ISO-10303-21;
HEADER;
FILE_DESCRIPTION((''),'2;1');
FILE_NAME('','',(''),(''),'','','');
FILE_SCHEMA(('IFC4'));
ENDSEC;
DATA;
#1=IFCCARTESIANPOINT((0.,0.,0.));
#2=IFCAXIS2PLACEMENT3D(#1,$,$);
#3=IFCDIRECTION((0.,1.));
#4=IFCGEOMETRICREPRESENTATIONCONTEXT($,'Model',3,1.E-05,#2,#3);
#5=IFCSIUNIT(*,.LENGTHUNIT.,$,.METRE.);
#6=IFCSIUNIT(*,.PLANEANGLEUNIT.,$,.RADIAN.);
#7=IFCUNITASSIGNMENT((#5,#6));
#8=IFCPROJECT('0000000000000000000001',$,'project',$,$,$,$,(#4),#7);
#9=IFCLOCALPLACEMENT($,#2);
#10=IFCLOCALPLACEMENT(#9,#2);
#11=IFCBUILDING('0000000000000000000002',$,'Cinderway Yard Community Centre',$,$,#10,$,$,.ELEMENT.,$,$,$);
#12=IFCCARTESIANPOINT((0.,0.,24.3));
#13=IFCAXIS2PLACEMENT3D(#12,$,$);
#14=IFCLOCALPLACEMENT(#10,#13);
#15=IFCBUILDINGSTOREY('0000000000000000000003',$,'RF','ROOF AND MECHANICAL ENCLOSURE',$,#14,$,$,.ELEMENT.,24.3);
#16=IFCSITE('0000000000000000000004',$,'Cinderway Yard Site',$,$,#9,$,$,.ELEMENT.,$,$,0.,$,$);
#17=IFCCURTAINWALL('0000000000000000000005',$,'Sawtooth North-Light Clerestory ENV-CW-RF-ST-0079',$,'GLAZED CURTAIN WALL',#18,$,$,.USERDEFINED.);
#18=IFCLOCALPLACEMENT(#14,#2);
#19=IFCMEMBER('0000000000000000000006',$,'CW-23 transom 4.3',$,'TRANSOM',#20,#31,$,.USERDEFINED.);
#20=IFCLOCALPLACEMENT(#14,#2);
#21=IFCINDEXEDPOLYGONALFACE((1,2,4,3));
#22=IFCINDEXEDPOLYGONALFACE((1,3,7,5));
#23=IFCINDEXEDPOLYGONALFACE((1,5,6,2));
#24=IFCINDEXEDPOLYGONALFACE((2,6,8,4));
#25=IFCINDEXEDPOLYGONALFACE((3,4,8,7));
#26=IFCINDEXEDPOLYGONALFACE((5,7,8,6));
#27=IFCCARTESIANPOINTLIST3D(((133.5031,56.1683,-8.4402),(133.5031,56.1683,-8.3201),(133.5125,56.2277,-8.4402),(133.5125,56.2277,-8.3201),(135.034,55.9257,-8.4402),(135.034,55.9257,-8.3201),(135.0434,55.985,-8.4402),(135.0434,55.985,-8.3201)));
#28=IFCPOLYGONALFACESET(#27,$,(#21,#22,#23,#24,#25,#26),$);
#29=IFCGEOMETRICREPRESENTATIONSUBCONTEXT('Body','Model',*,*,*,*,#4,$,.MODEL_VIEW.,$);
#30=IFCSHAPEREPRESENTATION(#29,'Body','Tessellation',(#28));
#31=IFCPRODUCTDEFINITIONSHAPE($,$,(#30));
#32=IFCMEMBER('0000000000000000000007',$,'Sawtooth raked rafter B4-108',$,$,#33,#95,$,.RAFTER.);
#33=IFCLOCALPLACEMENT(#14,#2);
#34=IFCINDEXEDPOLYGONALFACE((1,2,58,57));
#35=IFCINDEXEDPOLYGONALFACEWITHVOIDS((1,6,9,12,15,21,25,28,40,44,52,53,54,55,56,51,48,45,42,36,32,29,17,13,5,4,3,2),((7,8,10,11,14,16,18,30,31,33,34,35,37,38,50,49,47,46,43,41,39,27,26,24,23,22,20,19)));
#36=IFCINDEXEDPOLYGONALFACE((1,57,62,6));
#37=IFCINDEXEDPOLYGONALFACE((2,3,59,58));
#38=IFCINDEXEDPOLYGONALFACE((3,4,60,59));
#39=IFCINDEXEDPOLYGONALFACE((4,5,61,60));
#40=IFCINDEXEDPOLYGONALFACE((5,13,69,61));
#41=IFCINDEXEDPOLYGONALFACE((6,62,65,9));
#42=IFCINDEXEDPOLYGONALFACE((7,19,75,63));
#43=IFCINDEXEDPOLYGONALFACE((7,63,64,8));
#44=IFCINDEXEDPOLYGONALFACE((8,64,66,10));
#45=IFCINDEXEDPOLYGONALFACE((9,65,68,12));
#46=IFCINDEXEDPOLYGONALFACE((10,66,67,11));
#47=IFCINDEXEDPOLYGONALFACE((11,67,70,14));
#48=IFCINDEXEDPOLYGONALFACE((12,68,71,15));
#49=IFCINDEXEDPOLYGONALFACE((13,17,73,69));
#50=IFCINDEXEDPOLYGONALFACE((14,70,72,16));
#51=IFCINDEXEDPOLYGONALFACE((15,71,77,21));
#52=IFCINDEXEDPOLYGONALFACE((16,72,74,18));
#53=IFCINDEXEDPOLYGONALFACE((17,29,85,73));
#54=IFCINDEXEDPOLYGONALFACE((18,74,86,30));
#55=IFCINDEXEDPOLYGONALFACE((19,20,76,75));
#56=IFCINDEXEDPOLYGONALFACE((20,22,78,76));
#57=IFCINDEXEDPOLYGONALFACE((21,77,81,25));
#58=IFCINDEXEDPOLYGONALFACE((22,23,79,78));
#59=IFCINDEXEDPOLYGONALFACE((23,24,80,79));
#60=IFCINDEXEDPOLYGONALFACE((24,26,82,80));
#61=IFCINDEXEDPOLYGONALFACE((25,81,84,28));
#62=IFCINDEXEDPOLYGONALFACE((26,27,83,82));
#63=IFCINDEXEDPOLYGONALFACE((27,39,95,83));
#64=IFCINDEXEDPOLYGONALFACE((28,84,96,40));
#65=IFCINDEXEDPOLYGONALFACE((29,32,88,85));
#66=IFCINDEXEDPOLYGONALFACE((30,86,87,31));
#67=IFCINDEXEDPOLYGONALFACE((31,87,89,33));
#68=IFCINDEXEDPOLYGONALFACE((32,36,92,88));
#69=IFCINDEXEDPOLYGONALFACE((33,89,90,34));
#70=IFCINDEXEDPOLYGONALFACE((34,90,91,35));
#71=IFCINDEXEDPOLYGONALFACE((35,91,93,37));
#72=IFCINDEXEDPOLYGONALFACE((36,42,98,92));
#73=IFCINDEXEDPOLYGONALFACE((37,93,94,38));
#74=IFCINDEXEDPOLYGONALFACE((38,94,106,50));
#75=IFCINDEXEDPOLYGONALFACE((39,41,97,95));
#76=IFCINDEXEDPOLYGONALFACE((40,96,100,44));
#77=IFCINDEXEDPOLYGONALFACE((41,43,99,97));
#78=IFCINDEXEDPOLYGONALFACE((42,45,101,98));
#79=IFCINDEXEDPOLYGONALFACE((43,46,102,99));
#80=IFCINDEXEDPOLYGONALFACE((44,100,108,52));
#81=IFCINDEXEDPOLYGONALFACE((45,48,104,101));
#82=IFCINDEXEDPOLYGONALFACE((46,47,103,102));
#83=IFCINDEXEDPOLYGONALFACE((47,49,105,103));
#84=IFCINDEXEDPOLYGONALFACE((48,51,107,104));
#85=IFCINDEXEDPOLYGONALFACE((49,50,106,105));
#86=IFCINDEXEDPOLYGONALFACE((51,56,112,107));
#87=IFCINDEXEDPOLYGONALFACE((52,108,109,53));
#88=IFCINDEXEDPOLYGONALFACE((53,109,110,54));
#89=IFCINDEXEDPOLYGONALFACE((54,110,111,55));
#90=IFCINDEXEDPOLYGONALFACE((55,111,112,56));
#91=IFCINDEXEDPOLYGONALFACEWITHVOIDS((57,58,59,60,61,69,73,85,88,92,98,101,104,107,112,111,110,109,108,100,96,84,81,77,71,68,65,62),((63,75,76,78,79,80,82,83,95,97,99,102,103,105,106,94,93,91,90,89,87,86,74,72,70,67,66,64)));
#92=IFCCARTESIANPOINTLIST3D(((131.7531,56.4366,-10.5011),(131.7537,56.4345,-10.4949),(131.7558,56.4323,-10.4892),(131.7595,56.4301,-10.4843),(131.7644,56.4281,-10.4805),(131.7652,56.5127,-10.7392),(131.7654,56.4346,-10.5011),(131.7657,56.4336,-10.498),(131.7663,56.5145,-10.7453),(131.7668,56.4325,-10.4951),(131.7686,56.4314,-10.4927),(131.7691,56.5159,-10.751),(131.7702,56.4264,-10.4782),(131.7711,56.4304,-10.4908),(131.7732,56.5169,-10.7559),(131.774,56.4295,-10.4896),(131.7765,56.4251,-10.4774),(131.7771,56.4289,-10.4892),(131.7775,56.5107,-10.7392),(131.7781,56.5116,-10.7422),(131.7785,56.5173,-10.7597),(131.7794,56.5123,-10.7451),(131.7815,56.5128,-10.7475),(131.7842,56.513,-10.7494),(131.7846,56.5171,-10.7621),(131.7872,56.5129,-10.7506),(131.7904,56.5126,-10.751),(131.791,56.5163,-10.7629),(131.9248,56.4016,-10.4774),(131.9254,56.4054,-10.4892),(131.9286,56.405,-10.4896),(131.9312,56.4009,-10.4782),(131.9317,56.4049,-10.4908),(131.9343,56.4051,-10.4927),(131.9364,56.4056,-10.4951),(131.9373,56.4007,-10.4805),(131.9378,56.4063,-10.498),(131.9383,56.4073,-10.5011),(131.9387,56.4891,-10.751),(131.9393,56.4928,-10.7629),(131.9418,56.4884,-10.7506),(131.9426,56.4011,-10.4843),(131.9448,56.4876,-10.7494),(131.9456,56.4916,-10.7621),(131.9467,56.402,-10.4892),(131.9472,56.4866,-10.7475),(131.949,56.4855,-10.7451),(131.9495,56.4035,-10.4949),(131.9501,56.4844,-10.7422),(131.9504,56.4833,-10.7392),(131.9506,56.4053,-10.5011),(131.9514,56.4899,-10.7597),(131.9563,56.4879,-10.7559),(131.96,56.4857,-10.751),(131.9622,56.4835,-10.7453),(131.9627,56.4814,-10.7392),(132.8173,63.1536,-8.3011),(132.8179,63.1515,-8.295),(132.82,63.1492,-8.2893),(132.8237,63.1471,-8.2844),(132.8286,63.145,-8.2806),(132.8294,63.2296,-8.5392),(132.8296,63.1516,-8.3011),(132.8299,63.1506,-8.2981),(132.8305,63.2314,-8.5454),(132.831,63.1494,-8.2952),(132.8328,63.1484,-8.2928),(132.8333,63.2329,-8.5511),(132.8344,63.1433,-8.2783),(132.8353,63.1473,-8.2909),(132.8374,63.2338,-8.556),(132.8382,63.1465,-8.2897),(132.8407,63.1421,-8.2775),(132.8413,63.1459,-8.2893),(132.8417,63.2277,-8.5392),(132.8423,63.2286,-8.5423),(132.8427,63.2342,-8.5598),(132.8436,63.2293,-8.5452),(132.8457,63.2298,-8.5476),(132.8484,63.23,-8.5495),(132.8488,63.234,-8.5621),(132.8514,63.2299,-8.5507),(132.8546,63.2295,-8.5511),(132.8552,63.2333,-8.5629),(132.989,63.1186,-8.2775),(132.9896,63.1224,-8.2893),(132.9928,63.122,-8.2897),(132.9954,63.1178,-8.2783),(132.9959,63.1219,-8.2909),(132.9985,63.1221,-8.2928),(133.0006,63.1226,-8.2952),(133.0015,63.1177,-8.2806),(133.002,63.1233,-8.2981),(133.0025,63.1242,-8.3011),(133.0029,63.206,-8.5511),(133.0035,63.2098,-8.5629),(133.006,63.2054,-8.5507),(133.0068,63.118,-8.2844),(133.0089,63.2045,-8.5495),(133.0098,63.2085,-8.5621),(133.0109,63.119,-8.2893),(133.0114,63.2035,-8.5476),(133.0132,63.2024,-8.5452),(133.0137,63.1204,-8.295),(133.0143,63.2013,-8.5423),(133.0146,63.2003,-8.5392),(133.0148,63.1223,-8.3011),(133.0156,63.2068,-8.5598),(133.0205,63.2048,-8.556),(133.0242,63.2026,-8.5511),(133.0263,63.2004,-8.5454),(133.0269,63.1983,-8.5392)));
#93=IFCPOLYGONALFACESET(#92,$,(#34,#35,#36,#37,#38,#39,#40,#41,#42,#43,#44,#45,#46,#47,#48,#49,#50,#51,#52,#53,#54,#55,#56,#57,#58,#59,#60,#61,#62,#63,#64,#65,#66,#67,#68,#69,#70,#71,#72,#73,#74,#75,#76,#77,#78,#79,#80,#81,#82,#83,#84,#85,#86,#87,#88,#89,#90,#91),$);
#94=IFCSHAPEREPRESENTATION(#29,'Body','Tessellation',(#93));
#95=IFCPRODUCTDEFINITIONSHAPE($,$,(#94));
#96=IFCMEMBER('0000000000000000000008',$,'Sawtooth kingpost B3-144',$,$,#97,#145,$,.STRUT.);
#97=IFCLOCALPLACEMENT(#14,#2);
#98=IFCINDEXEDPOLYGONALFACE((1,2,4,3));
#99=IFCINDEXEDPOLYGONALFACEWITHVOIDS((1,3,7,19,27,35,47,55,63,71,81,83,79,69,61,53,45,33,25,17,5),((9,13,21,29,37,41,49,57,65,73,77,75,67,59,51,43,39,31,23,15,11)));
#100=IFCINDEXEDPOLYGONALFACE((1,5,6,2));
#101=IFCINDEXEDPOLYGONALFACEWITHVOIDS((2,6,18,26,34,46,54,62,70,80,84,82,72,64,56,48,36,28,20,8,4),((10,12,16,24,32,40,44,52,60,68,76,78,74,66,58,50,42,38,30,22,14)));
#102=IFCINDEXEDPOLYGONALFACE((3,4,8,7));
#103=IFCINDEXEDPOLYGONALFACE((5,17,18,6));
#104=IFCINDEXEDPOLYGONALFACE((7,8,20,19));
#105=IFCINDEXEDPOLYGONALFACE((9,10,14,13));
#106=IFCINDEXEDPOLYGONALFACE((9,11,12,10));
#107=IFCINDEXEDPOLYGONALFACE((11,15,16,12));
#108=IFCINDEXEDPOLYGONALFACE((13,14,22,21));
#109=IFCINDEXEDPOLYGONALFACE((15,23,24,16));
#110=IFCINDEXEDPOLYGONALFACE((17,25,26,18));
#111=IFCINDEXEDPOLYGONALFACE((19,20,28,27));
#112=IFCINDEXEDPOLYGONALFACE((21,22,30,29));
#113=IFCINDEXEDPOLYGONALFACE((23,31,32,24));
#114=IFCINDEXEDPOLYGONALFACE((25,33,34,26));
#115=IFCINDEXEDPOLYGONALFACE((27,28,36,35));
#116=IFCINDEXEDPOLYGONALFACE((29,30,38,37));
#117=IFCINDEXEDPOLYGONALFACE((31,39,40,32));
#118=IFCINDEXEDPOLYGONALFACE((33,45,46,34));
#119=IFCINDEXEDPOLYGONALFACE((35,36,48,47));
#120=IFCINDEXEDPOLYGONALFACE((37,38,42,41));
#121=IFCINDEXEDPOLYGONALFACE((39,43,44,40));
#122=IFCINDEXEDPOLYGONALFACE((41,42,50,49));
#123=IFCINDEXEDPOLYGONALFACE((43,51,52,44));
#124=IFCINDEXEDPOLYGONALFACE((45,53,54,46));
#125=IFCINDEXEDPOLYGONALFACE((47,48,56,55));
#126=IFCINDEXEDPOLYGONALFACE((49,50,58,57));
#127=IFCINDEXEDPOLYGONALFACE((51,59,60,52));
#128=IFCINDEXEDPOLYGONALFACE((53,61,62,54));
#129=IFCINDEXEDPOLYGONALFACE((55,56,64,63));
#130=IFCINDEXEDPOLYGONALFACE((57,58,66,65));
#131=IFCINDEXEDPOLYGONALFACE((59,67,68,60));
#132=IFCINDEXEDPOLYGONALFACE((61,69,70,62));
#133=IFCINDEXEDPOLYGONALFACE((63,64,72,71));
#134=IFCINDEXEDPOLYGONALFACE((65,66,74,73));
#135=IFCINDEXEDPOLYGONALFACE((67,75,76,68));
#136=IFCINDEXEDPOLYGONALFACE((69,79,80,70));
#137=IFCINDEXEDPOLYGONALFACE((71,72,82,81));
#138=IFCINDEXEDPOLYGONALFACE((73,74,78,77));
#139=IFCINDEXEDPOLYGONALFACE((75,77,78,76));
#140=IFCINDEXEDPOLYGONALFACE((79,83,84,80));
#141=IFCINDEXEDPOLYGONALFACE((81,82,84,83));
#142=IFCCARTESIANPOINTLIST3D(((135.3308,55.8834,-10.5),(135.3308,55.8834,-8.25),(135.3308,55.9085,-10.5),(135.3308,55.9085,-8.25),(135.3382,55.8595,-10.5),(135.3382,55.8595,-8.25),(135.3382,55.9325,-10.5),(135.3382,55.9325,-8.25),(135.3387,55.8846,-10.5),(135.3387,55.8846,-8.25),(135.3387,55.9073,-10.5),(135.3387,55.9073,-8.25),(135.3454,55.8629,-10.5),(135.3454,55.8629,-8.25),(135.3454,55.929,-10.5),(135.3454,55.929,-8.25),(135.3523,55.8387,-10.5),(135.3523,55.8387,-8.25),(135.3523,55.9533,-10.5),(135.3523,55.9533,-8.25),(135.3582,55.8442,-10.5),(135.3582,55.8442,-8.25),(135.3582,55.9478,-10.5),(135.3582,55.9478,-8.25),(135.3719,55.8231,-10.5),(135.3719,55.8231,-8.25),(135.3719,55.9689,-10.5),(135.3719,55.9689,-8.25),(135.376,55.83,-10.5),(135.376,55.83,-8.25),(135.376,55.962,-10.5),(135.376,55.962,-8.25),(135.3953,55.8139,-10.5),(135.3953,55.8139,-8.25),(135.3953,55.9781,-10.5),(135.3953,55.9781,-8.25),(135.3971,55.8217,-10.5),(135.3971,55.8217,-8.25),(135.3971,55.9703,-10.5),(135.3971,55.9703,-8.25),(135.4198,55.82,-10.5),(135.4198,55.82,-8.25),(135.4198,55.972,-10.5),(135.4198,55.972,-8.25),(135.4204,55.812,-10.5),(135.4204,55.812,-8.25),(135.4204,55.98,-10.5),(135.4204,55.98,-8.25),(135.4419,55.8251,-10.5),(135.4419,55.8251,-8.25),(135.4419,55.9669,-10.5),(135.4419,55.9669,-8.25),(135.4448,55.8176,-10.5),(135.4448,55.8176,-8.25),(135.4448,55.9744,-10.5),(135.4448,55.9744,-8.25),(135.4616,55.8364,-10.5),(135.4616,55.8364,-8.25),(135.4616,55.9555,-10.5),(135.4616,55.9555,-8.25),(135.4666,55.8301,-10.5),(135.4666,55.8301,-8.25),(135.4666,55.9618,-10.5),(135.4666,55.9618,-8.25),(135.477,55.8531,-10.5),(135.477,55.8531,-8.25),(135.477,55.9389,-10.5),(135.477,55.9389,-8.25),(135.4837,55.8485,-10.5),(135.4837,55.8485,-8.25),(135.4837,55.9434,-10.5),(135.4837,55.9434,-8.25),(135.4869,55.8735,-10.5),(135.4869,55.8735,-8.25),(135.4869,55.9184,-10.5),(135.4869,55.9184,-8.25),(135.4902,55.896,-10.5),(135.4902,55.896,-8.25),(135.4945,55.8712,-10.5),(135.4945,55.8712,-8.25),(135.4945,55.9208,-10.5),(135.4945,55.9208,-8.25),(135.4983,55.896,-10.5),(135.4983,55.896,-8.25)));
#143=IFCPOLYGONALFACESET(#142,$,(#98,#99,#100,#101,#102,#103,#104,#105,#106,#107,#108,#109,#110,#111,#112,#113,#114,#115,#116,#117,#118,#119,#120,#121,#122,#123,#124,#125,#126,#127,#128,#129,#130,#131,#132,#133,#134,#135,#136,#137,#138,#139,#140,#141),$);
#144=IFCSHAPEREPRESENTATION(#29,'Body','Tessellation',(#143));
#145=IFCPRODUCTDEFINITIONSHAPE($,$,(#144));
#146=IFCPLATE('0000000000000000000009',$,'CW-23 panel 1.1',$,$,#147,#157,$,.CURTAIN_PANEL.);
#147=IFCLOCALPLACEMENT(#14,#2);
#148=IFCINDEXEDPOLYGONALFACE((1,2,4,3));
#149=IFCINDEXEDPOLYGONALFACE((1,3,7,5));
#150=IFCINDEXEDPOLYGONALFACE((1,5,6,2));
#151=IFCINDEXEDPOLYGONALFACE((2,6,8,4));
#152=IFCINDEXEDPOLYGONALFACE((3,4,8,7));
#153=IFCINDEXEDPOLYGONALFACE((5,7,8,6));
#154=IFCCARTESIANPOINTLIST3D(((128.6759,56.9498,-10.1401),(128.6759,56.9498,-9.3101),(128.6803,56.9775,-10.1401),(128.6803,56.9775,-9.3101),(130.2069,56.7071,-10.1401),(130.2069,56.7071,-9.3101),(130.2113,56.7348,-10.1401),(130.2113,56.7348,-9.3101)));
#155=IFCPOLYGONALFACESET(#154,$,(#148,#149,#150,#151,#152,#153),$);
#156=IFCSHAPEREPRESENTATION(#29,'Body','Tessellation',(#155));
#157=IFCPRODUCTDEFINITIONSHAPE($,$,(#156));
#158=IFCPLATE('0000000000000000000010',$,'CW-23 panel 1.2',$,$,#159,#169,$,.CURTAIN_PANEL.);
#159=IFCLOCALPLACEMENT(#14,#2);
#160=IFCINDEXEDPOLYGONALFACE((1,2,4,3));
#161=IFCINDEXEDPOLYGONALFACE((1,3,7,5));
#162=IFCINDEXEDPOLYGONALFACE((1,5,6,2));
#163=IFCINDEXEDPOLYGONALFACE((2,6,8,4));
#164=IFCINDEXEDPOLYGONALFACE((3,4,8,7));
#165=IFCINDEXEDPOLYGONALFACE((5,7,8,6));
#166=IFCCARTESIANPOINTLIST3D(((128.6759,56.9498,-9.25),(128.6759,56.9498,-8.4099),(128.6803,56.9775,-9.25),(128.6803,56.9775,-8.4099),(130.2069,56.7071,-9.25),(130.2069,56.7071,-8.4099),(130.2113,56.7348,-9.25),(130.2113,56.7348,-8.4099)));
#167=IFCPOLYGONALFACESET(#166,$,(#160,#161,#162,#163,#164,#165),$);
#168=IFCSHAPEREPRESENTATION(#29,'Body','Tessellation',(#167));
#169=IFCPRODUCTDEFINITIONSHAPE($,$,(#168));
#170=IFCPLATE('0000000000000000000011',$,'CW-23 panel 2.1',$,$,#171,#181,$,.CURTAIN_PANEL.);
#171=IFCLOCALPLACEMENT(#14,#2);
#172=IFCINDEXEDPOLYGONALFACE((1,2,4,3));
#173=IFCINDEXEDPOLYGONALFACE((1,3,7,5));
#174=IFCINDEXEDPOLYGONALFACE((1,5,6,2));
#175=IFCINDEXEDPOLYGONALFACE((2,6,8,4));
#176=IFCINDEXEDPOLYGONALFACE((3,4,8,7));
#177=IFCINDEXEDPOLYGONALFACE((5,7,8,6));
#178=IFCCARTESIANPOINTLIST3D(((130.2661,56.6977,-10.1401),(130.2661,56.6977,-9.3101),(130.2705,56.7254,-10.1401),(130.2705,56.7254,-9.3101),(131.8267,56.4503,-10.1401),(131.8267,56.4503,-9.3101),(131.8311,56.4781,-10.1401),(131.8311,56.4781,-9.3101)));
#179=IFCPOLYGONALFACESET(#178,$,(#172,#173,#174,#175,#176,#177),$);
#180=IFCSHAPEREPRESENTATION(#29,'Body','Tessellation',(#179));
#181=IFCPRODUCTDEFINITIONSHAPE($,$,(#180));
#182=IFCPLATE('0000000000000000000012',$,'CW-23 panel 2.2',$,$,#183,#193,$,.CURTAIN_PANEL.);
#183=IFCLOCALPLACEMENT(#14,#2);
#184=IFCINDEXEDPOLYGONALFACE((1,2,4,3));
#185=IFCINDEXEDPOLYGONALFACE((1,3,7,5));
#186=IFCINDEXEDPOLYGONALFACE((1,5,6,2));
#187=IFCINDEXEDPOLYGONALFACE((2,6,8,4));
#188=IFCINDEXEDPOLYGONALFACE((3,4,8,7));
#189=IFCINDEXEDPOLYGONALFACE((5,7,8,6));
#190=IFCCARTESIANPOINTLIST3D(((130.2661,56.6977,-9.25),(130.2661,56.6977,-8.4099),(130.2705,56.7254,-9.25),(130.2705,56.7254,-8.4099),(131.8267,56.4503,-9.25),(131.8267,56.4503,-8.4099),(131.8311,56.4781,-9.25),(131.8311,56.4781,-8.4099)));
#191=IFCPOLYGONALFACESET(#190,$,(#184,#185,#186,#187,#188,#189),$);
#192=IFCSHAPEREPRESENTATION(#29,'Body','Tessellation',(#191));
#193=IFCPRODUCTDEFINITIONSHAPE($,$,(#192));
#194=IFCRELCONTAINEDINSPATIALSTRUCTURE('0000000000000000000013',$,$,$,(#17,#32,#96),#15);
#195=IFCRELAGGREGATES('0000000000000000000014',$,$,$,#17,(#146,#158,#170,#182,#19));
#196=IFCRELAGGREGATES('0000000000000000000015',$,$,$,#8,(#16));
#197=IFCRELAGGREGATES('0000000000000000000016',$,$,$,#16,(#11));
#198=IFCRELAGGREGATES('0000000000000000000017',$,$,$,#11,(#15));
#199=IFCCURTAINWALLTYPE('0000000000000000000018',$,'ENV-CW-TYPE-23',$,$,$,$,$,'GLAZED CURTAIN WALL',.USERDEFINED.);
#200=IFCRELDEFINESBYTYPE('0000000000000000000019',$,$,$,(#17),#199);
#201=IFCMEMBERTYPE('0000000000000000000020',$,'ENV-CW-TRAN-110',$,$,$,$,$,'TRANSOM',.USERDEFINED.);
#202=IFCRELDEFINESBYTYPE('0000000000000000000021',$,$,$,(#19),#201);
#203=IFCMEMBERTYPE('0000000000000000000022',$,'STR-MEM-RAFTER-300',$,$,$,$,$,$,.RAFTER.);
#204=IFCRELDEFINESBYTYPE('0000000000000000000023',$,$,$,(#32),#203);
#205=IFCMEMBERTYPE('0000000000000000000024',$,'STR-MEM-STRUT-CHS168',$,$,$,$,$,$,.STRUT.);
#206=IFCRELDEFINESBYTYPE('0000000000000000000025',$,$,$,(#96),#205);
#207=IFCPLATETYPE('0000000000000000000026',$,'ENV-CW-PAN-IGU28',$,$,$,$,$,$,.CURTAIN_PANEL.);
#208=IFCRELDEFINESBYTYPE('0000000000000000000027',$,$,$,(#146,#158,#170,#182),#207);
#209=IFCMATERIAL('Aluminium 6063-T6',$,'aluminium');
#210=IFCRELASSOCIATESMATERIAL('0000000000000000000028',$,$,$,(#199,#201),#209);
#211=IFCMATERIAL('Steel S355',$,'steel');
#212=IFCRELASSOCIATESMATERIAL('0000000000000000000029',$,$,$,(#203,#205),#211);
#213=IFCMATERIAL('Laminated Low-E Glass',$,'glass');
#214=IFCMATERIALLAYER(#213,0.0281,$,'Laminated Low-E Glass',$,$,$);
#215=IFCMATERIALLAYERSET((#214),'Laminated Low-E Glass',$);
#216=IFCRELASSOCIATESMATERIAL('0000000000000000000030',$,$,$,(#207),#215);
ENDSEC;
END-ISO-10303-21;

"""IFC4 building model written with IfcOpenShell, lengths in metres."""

from ifc_helpers import new_model, si_unit, direction, frame, origin, origin_2d, place, context, subcontext, project, spatial, rectangle, hollow_rectangle, hollow_circle, extrude, material, layer, layer_set, material_profile, profile_set, type_object, element, aggregate, save


model = new_model("IFC4")

# Units and contexts
model_context = context("Model", 3, precision=1e-05, world=origin(), true_north=direction((0.0, 1.0)))
body_context = subcontext(model_context, "Body", "Model", "MODEL_VIEW")
ifc_project = project(units=[si_unit("LENGTHUNIT", "METRE"), si_unit("PLANEANGLEUNIT", "RADIAN")], contexts=[model_context])

# Site, building, storey
site_placement = place(None, origin())
site = spatial("IfcSite", under=ifc_project, at=site_placement, Name="Cinderway Yard Site", CompositionType="ELEMENT", RefElevation=0.0)
building_placement = place(site_placement, origin())
building = spatial("IfcBuilding", under=site, at=building_placement, Name="Cinderway Yard Community Centre", CompositionType="ELEMENT")
storey_placement = place(building_placement, frame((0.0, 0.0, 24.3)))
storey = spatial("IfcBuildingStorey", under=building, at=storey_placement, Name="RF", Description="ROOF AND MECHANICAL ENCLOSURE", CompositionType="ELEMENT", Elevation=24.3)

# Shared definitions
ifc_material_1 = material(Name="Aluminium 6063-T6", Category="aluminium")
curtain_wall_type = type_object("IfcCurtainWallType", Name="ENV-CW-TYPE-23", ElementType="GLAZED CURTAIN WALL", PredefinedType="USERDEFINED", material=ifc_material_1)

# Curtain wall
curtain_wall_1_placement = place(storey_placement, origin())
curtain_wall_1 = element("IfcCurtainWall", 1, at=curtain_wall_1_placement, inside=storey, type_object=curtain_wall_type, Name="Sawtooth North-Light Clerestory ENV-CW-RF-ST-0079", ObjectType="GLAZED CURTAIN WALL", PredefinedType="USERDEFINED")

# Member
ifc_material_profile_1 = material_profile(ifc_material_1, rectangle(XDim=0.0601, YDim=0.1201, at=origin_2d()), Name="Aluminium 6063-T6")
ifc_profile_set_1 = profile_set([ifc_material_profile_1], Name="Aluminium 6063-T6")
member_type_1 = type_object("IfcMemberType", Name="ENV-CW-TRAN-110", ElementType="TRANSOM", PredefinedType="USERDEFINED", material=ifc_profile_set_1)
member_1_placement = place(storey_placement, frame((133.5078, 56.198, -8.3801), z_axis=(0.98767, -0.156553, 0.0), x_axis=(0.156553, 0.98767, 0.0)))
member_1 = element("IfcMember", 2, at=member_1_placement, type_object=member_type_1, Name="CW-23 transom 4.3", ObjectType="TRANSOM", PredefinedType="USERDEFINED", context=body_context, shape_type="SweptSolid", body=[
    extrude(rectangle(XDim=0.0601, YDim=0.1201, at=origin_2d()), origin(), (0.0, 0.0, 1.0), 1.55),
])

# Members
ifc_material_2 = material(Name="Steel S355", Category="steel")
ifc_material_profile_2 = material_profile(ifc_material_2, hollow_rectangle(XDim=0.2, YDim=0.3, WallThickness=0.0125, InnerFilletRadius=0.0125, OuterFilletRadius=0.0249, at=origin_2d()), Name="Steel S355")
ifc_profile_set_2 = profile_set([ifc_material_profile_2], Name="Steel S355")
member_type_2 = type_object("IfcMemberType", Name="STR-MEM-RAFTER-300", PredefinedType="RAFTER", material=ifc_profile_set_2)
member_2_placement = place(storey_placement, frame((131.8579, 56.459, -10.6201), z_axis=(0.148886, 0.939736, 0.30778), x_axis=(-0.987681, 0.156482, 0.0)))
element("IfcMember", 3, at=member_2_placement, inside=storey, type_object=member_type_2, Name="Sawtooth raked rafter B4-108", PredefinedType="RAFTER", context=body_context, shape_type="SweptSolid", body=[
    extrude(hollow_rectangle(XDim=0.2, YDim=0.3, WallThickness=0.0125, InnerFilletRadius=0.0125, OuterFilletRadius=0.0249, at=origin_2d()), origin(), (0.0, 0.0, 1.0), 7.1477),
])
ifc_material_profile_3 = material_profile(ifc_material_2, hollow_circle(Radius=0.0842, WallThickness=0.0081, at=origin_2d()), Name="Steel S355")
ifc_profile_set_3 = profile_set([ifc_material_profile_3], Name="Steel S355")
member_type_3 = type_object("IfcMemberType", Name="STR-MEM-STRUT-CHS168", PredefinedType="STRUT", material=ifc_profile_set_3)
member_3_placement = place(storey_placement, frame((135.4141, 55.896, -10.5), z_axis=(0.0, 0.0, 1.0), x_axis=(1.0, 0.0, 0.0)))
element("IfcMember", 4, at=member_3_placement, inside=storey, type_object=member_type_3, Name="Sawtooth kingpost B3-144", PredefinedType="STRUT", context=body_context, shape_type="SweptSolid", body=[
    extrude(hollow_circle(Radius=0.0842, WallThickness=0.0081, at=origin_2d()), origin(), (0.0, 0.0, 1.0), 2.25),
])

# Plates
ifc_material_3 = material(Name="Laminated Low-E Glass", Category="glass")
ifc_layer_1 = layer(ifc_material_3, 0.0281, Name="Laminated Low-E Glass")
ifc_layer_set_1 = layer_set([ifc_layer_1], Name="Laminated Low-E Glass")
plate_type_1 = type_object("IfcPlateType", Name="ENV-CW-PAN-IGU28", PredefinedType="CURTAIN_PANEL", material=ifc_layer_set_1)
plate_1_placement = place(storey_placement, frame((129.4436, 56.8423, -10.1401), z_axis=(0.0, 0.0, 1.0), x_axis=(0.987669, -0.156557, 0.0)))
plate_1 = element("IfcPlate", 5, at=plate_1_placement, type_object=plate_type_1, Name="CW-23 panel 1.1", PredefinedType="CURTAIN_PANEL", context=body_context, shape_type="SweptSolid", body=[
    extrude(rectangle(XDim=1.55, YDim=0.0281, at=origin_2d()), origin(), (0.0, 0.0, 1.0), 0.8301),
])
plate_2_placement = place(storey_placement, frame((129.4436, 56.8423, -9.25), z_axis=(0.0, 0.0, 1.0), x_axis=(0.987669, -0.156557, 0.0)))
plate_2 = element("IfcPlate", 6, at=plate_2_placement, type_object=plate_type_1, Name="CW-23 panel 1.2", PredefinedType="CURTAIN_PANEL", context=body_context, shape_type="SweptSolid", body=[
    extrude(rectangle(XDim=1.55, YDim=0.0281, at=origin_2d()), origin(), (0.0, 0.0, 1.0), 0.8401),
])
plate_3_placement = place(storey_placement, frame((131.0486, 56.5879, -10.1401), z_axis=(0.0, 0.0, 1.0), x_axis=(0.987669, -0.156557, 0.0)))
plate_3 = element("IfcPlate", 7, at=plate_3_placement, type_object=plate_type_1, Name="CW-23 panel 2.1", PredefinedType="CURTAIN_PANEL", context=body_context, shape_type="SweptSolid", body=[
    extrude(rectangle(XDim=1.5801, YDim=0.0281, at=origin_2d()), origin(), (0.0, 0.0, 1.0), 0.8301),
])
plate_4_placement = place(storey_placement, frame((131.0486, 56.5879, -9.25), z_axis=(0.0, 0.0, 1.0), x_axis=(0.987669, -0.156557, 0.0)))
plate_4 = element("IfcPlate", 8, at=plate_4_placement, type_object=plate_type_1, Name="CW-23 panel 2.2", PredefinedType="CURTAIN_PANEL", context=body_context, shape_type="SweptSolid", body=[
    extrude(rectangle(XDim=1.5801, YDim=0.0281, at=origin_2d()), origin(), (0.0, 0.0, 1.0), 0.8401),
])
aggregate(curtain_wall_1, [plate_1, plate_2, plate_3, plate_4, member_1])

save(model, "model.ifc")
